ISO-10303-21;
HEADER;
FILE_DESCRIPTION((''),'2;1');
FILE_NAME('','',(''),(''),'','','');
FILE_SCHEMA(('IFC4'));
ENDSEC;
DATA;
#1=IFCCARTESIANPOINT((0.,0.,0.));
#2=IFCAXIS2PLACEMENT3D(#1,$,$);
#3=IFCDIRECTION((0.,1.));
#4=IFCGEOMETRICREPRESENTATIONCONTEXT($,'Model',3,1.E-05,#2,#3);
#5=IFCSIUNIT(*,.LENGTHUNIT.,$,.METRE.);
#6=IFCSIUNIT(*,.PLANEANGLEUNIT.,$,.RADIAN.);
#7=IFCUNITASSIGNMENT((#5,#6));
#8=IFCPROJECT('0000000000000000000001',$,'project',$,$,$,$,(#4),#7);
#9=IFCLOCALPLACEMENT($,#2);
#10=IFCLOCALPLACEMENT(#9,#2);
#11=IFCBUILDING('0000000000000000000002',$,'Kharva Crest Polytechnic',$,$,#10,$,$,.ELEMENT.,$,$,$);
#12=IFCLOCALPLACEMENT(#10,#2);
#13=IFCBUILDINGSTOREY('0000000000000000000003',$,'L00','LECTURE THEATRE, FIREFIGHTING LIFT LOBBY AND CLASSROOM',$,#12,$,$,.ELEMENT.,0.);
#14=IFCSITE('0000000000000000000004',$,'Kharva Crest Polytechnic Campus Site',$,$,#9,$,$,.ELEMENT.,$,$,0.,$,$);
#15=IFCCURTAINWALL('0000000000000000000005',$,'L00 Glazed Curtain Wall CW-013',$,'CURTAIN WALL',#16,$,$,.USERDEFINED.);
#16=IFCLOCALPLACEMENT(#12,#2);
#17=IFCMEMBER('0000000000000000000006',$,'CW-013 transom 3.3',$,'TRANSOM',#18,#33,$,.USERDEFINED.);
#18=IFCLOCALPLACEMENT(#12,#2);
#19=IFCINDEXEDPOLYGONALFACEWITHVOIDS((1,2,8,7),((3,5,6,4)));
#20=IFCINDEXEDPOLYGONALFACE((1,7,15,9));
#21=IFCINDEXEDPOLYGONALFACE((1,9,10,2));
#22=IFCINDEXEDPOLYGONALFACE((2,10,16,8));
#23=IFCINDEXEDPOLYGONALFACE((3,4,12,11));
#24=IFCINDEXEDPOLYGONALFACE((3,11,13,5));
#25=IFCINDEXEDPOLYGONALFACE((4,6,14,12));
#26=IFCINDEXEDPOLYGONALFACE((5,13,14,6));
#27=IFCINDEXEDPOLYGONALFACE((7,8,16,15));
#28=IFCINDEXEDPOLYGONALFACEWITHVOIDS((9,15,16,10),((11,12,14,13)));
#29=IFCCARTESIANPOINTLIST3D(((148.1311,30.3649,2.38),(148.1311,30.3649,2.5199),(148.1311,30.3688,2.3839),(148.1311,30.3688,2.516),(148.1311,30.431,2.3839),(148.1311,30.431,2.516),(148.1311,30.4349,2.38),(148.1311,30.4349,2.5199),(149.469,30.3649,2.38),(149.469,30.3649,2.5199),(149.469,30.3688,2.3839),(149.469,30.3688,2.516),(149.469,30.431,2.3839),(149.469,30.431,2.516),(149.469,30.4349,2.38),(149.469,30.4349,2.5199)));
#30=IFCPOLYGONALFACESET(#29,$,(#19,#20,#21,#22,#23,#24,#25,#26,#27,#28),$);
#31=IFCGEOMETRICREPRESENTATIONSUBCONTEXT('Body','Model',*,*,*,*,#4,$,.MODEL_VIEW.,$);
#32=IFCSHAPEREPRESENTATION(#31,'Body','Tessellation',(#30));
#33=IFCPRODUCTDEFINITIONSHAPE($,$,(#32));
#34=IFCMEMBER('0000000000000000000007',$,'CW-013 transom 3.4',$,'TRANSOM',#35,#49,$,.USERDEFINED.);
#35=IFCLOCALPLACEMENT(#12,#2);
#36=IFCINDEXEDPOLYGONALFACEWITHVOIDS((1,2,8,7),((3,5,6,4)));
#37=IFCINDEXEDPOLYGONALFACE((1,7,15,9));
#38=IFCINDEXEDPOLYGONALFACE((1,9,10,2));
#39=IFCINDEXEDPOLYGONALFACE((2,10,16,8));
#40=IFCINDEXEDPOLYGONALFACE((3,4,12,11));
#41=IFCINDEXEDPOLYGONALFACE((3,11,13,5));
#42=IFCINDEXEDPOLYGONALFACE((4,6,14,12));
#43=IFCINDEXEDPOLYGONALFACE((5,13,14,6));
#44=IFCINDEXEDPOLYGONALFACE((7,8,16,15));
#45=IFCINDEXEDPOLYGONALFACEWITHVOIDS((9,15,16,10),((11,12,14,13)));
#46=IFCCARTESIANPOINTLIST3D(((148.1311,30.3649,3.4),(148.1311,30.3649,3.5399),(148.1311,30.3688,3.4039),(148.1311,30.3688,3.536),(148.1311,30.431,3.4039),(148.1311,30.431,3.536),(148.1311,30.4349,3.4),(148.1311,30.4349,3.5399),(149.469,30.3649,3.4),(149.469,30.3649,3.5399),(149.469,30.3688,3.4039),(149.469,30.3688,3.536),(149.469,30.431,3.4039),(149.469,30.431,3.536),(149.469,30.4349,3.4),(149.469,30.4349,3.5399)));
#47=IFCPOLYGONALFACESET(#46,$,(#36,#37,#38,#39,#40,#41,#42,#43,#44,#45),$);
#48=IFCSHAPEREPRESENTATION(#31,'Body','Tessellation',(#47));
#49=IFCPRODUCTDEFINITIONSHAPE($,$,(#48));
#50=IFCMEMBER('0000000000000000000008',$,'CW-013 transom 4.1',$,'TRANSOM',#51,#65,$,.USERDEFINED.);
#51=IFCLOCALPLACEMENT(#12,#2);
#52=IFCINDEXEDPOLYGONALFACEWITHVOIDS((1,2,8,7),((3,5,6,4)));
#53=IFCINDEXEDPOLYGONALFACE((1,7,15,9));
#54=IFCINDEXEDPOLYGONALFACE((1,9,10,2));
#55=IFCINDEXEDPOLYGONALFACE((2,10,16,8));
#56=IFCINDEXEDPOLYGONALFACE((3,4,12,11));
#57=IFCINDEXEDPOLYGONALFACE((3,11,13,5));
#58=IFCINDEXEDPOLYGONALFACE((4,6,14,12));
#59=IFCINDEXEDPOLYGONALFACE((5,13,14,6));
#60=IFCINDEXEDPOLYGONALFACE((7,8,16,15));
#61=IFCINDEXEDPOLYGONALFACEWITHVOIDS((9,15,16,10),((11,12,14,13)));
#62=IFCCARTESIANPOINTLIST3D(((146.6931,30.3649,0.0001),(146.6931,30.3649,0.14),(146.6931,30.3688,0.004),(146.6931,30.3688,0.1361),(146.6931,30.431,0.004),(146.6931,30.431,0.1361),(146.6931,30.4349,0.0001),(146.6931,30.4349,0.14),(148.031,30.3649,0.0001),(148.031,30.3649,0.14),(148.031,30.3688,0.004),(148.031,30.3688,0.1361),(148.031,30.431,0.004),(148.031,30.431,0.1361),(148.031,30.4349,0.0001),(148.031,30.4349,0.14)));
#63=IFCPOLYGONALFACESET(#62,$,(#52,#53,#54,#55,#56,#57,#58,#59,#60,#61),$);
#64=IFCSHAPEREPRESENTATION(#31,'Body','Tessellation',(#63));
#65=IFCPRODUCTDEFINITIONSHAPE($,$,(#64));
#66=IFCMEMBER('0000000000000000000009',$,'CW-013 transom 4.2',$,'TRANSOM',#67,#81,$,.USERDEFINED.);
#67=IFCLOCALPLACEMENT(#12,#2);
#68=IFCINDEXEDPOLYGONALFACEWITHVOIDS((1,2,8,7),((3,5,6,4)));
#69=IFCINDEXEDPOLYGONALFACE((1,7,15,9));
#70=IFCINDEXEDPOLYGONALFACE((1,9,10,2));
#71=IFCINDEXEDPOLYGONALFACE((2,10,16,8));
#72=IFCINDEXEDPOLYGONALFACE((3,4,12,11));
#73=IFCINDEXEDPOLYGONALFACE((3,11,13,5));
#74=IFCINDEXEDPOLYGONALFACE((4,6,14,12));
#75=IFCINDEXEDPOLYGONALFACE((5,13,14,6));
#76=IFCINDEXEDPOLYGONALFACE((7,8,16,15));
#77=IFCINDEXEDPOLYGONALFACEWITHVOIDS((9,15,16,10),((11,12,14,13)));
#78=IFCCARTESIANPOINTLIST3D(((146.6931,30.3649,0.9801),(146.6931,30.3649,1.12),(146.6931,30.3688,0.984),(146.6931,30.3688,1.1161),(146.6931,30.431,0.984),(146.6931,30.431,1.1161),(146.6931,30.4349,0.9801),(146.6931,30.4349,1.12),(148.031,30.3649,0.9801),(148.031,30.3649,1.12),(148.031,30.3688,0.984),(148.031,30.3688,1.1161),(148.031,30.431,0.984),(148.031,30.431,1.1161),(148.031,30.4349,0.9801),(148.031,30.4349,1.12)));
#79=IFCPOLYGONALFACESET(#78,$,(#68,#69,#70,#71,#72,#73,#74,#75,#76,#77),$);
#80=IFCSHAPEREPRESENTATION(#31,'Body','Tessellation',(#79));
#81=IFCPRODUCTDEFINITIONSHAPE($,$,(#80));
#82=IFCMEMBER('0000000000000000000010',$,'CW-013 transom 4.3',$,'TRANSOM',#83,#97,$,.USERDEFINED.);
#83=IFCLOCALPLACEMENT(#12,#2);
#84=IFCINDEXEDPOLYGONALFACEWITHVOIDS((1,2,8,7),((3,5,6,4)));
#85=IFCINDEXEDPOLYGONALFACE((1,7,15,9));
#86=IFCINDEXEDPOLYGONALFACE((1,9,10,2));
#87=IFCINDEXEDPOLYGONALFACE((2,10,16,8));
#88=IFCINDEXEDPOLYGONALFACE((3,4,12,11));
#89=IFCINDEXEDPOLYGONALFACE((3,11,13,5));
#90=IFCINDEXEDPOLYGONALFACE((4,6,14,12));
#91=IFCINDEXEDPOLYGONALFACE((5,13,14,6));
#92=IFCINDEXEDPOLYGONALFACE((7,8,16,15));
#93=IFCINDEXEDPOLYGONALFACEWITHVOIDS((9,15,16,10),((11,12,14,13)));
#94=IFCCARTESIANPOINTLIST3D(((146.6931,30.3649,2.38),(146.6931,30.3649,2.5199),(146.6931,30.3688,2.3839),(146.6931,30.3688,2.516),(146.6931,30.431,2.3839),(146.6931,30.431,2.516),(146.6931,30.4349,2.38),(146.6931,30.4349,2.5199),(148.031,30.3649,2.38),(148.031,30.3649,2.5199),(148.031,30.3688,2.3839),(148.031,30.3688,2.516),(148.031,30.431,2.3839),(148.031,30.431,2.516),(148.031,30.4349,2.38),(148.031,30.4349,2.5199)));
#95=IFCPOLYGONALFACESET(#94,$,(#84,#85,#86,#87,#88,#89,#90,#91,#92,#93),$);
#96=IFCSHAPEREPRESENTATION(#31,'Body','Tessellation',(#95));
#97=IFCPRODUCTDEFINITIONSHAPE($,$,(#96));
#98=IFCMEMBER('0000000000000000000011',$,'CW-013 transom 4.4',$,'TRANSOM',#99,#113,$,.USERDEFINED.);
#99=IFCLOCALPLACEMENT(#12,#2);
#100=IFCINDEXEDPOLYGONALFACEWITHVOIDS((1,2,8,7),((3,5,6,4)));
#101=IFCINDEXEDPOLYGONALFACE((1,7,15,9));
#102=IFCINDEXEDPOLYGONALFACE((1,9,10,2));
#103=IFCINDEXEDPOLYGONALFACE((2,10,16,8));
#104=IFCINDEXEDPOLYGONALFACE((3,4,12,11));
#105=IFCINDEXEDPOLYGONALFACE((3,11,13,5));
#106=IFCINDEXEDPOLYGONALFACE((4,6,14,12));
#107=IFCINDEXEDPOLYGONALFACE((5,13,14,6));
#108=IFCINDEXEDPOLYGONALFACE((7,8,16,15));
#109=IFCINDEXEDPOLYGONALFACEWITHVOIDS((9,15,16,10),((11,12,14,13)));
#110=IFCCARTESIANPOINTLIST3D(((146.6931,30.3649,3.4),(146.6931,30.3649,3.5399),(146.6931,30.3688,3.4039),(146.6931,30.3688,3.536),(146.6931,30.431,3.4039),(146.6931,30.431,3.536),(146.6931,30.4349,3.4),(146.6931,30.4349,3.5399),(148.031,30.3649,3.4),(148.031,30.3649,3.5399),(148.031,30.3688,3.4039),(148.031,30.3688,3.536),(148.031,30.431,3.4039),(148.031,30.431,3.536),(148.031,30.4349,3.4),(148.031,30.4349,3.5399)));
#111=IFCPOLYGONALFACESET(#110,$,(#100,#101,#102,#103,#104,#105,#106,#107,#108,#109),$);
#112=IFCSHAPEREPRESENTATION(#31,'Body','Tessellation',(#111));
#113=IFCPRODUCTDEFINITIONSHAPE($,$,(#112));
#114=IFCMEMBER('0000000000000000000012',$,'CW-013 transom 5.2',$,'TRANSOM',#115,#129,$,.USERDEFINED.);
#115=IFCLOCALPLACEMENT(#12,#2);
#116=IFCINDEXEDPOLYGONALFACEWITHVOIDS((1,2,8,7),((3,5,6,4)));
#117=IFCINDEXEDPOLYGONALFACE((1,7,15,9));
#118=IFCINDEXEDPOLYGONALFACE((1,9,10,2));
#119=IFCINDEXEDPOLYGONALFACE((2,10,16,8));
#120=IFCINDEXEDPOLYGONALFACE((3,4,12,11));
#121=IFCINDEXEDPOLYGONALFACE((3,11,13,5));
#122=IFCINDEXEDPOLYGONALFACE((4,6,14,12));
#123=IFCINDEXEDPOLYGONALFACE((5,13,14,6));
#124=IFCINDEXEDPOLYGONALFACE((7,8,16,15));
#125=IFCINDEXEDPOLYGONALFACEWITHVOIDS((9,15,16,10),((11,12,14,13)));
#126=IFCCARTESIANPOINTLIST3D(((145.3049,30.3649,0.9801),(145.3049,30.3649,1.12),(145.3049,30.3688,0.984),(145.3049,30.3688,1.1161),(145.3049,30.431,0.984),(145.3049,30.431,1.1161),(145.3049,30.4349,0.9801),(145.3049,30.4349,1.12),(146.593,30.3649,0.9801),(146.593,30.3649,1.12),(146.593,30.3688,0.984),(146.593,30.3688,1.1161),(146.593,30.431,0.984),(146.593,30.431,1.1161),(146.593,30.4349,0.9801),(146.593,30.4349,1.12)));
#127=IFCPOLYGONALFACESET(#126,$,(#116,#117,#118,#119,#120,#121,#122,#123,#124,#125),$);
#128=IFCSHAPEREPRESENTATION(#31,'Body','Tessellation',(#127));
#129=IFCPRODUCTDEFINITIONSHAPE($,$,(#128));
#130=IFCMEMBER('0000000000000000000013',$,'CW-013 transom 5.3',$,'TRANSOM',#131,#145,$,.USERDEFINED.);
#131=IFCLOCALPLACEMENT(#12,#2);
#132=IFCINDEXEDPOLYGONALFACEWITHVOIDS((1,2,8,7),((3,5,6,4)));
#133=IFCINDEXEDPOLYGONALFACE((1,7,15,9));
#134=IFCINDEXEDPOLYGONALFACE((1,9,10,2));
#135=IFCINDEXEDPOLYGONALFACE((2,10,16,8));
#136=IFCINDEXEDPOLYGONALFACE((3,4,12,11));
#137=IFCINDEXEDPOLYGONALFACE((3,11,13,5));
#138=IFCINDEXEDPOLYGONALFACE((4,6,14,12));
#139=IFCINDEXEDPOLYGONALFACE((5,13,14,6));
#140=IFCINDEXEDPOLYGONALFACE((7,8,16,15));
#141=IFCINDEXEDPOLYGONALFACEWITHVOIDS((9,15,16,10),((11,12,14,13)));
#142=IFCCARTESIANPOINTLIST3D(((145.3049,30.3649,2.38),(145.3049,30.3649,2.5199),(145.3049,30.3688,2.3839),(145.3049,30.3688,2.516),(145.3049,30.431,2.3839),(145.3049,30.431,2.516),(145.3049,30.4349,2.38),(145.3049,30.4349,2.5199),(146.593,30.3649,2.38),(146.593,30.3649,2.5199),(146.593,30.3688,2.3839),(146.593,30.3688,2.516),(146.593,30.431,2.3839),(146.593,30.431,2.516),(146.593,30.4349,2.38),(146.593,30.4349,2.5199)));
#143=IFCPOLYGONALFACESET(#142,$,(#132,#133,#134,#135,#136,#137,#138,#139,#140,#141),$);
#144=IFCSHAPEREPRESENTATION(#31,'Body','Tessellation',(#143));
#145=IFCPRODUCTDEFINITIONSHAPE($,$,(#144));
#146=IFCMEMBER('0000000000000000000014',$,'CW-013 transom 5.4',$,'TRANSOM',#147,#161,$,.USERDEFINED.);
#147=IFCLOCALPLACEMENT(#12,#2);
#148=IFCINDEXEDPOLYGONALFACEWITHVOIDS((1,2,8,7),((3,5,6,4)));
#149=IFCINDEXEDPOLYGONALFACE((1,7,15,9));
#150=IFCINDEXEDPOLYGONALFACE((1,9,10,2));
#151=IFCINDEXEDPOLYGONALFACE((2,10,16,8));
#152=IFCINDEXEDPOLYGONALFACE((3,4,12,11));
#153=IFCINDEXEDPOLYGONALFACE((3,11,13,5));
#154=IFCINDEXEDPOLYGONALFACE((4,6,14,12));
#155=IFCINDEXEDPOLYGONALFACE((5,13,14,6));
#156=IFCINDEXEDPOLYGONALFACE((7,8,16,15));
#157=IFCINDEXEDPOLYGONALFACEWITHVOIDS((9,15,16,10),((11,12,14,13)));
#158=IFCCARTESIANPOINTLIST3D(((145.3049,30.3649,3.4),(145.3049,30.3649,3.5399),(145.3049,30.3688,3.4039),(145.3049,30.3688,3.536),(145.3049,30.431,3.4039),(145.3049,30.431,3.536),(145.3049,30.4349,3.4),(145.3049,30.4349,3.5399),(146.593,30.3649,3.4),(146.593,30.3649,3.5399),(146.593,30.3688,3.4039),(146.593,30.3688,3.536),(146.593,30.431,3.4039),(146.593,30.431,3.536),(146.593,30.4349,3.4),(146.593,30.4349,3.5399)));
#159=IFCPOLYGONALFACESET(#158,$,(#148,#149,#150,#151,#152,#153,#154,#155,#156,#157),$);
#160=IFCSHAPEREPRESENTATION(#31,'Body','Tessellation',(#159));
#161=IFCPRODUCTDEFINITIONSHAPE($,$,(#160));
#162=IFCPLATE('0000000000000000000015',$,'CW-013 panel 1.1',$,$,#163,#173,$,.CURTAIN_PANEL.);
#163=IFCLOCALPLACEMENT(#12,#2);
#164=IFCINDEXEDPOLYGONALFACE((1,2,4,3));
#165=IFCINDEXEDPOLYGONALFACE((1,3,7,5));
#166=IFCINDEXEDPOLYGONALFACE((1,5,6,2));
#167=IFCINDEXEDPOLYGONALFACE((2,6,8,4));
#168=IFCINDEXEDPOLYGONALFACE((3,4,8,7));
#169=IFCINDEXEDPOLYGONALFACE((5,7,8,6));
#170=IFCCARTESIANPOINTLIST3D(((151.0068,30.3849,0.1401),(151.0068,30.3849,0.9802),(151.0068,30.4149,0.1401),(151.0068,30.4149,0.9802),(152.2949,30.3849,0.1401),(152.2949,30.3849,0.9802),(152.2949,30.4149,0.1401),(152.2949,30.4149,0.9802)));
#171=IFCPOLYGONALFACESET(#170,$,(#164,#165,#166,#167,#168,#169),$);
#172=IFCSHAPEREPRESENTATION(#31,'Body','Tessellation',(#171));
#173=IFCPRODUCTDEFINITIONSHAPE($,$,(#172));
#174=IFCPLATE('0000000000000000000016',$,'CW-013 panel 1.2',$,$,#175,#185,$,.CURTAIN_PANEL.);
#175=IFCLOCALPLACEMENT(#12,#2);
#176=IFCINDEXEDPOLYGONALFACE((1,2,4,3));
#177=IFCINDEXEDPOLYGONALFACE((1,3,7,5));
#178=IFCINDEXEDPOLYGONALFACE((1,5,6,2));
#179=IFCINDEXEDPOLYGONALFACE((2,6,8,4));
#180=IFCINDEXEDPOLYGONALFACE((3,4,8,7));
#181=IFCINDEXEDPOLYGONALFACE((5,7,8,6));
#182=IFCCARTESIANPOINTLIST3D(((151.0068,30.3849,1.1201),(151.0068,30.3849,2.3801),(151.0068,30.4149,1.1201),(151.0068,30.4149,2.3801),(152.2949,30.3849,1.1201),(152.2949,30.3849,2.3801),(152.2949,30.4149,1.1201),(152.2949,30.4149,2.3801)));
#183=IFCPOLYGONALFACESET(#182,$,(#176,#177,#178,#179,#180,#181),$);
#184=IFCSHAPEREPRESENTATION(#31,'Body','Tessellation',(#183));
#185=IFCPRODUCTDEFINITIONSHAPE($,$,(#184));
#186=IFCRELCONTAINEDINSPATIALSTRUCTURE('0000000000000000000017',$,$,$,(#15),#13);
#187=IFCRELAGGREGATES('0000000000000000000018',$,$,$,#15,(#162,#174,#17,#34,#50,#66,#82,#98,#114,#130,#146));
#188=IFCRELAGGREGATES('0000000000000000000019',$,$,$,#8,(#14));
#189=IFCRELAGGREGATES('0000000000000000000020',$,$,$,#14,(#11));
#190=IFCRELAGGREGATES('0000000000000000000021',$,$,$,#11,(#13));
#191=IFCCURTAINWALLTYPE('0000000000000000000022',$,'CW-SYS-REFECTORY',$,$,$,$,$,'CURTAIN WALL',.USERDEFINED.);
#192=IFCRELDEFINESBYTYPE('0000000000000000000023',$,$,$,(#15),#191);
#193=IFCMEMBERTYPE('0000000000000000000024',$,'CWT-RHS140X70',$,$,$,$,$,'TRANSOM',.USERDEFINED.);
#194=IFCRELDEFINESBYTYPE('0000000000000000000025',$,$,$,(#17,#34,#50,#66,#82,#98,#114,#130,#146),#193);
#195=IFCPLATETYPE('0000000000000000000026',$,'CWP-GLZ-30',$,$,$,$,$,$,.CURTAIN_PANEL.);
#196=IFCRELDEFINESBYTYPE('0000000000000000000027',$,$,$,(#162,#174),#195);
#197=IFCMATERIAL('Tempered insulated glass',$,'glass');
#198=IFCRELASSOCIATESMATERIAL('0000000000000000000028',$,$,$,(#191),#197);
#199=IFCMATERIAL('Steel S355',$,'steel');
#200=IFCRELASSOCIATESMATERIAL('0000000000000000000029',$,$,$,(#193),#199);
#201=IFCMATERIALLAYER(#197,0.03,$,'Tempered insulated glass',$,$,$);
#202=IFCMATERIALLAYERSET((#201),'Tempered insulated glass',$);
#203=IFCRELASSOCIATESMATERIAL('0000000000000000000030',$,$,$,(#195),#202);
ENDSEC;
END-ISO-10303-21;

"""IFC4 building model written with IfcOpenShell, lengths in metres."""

from ifc_helpers import new_model, si_unit, direction, frame, origin, origin_2d, place, context, subcontext, project, spatial, rectangle, hollow_rectangle, extrude, material, layer, layer_set, material_profile, profile_set, type_object, element, aggregate, save


model = new_model("IFC4")

# Units and contexts
model_context = context("Model", 3, precision=1e-05, world=origin(), true_north=direction((0.0, 1.0)))
body_context = subcontext(model_context, "Body", "Model", "MODEL_VIEW")
ifc_project = project(units=[si_unit("LENGTHUNIT", "METRE"), si_unit("PLANEANGLEUNIT", "RADIAN")], contexts=[model_context])

# Site, building, storey
site_placement = place(None, origin())
site = spatial("IfcSite", under=ifc_project, at=site_placement, Name="Kharva Crest Polytechnic Campus Site", CompositionType="ELEMENT", RefElevation=0.0)
building_placement = place(site_placement, origin())
building = spatial("IfcBuilding", under=site, at=building_placement, Name="Kharva Crest Polytechnic", CompositionType="ELEMENT")
storey_placement = place(building_placement, origin())
storey = spatial("IfcBuildingStorey", under=building, at=storey_placement, Name="L00", Description="LECTURE THEATRE, FIREFIGHTING LIFT LOBBY AND CLASSROOM", CompositionType="ELEMENT", Elevation=0.0)

# Curtain wall, members, plates
ifc_material_1 = material(Name="Tempered insulated glass", Category="glass")
curtain_wall_type = type_object("IfcCurtainWallType", Name="CW-SYS-REFECTORY", ElementType="CURTAIN WALL", PredefinedType="USERDEFINED", material=ifc_material_1)
curtain_wall_placement = place(storey_placement, origin())
curtain_wall = element("IfcCurtainWall", 1, at=curtain_wall_placement, inside=storey, type_object=curtain_wall_type, Name="L00 Glazed Curtain Wall CW-013", ObjectType="CURTAIN WALL", PredefinedType="USERDEFINED")
ifc_material_2 = material(Name="Steel S355", Category="steel")
ifc_material_profile_1 = material_profile(ifc_material_2, hollow_rectangle(XDim=0.0701, YDim=0.1399, WallThickness=0.0039, at=origin_2d()), Name="RHS 140X70X4.0")
ifc_profile_set_1 = profile_set([ifc_material_profile_1], Name="Steel S355")
member_type_1 = type_object("IfcMemberType", Name="CWT-RHS140X70", ElementType="TRANSOM", PredefinedType="USERDEFINED", material=ifc_profile_set_1)
member_1_placement = place(storey_placement, frame((149.469, 30.3999, 2.45), z_axis=(-1.0, 0.0, 0.0), x_axis=(0.0, -1.0, 0.0)))
member_1 = element("IfcMember", 2, at=member_1_placement, type_object=member_type_1, Name="CW-013 transom 3.3", ObjectType="TRANSOM", PredefinedType="USERDEFINED", context=body_context, shape_type="SweptSolid", body=[
    extrude(hollow_rectangle(XDim=0.0701, YDim=0.1399, WallThickness=0.0039, at=origin_2d()), origin(), (0.0, 0.0, 1.0), 1.3379),
])
member_2_placement = place(storey_placement, frame((149.469, 30.3999, 3.47), z_axis=(-1.0, 0.0, 0.0), x_axis=(0.0, -1.0, 0.0)))
member_2 = element("IfcMember", 3, at=member_2_placement, type_object=member_type_1, Name="CW-013 transom 3.4", ObjectType="TRANSOM", PredefinedType="USERDEFINED", context=body_context, shape_type="SweptSolid", body=[
    extrude(hollow_rectangle(XDim=0.0701, YDim=0.1399, WallThickness=0.0039, at=origin_2d()), origin(), (0.0, 0.0, 1.0), 1.3379),
])
member_3_placement = place(storey_placement, frame((148.031, 30.3999, 0.0701), z_axis=(-1.0, 0.0, 0.0), x_axis=(0.0, -1.0, 0.0)))
member_3 = element("IfcMember", 4, at=member_3_placement, type_object=member_type_1, Name="CW-013 transom 4.1", ObjectType="TRANSOM", PredefinedType="USERDEFINED", context=body_context, shape_type="SweptSolid", body=[
    extrude(hollow_rectangle(XDim=0.0701, YDim=0.1399, WallThickness=0.0039, at=origin_2d()), origin(), (0.0, 0.0, 1.0), 1.3379),
])
member_4_placement = place(storey_placement, frame((148.031, 30.3999, 1.05), z_axis=(-1.0, 0.0, 0.0), x_axis=(0.0, -1.0, 0.0)))
member_4 = element("IfcMember", 5, at=member_4_placement, type_object=member_type_1, Name="CW-013 transom 4.2", ObjectType="TRANSOM", PredefinedType="USERDEFINED", context=body_context, shape_type="SweptSolid", body=[
    extrude(hollow_rectangle(XDim=0.0701, YDim=0.1399, WallThickness=0.0039, at=origin_2d()), origin(), (0.0, 0.0, 1.0), 1.3379),
])
member_5_placement = place(storey_placement, frame((148.031, 30.3999, 2.45), z_axis=(-1.0, 0.0, 0.0), x_axis=(0.0, -1.0, 0.0)))
member_5 = element("IfcMember", 6, at=member_5_placement, type_object=member_type_1, Name="CW-013 transom 4.3", ObjectType="TRANSOM", PredefinedType="USERDEFINED", context=body_context, shape_type="SweptSolid", body=[
    extrude(hollow_rectangle(XDim=0.0701, YDim=0.1399, WallThickness=0.0039, at=origin_2d()), origin(), (0.0, 0.0, 1.0), 1.3379),
])
member_6_placement = place(storey_placement, frame((148.031, 30.3999, 3.47), z_axis=(-1.0, 0.0, 0.0), x_axis=(0.0, -1.0, 0.0)))
member_6 = element("IfcMember", 7, at=member_6_placement, type_object=member_type_1, Name="CW-013 transom 4.4", ObjectType="TRANSOM", PredefinedType="USERDEFINED", context=body_context, shape_type="SweptSolid", body=[
    extrude(hollow_rectangle(XDim=0.0701, YDim=0.1399, WallThickness=0.0039, at=origin_2d()), origin(), (0.0, 0.0, 1.0), 1.3379),
])
member_7_placement = place(storey_placement, frame((146.593, 30.3999, 1.05), z_axis=(-1.0, 0.0, 0.0), x_axis=(0.0, -1.0, 0.0)))
member_7 = element("IfcMember", 8, at=member_7_placement, type_object=member_type_1, Name="CW-013 transom 5.2", ObjectType="TRANSOM", PredefinedType="USERDEFINED", context=body_context, shape_type="SweptSolid", body=[
    extrude(hollow_rectangle(XDim=0.0701, YDim=0.1399, WallThickness=0.0039, at=origin_2d()), origin(), (0.0, 0.0, 1.0), 1.2881),
])
member_8_placement = place(storey_placement, frame((146.593, 30.3999, 2.45), z_axis=(-1.0, 0.0, 0.0), x_axis=(0.0, -1.0, 0.0)))
member_8 = element("IfcMember", 9, at=member_8_placement, type_object=member_type_1, Name="CW-013 transom 5.3", ObjectType="TRANSOM", PredefinedType="USERDEFINED", context=body_context, shape_type="SweptSolid", body=[
    extrude(hollow_rectangle(XDim=0.0701, YDim=0.1399, WallThickness=0.0039, at=origin_2d()), origin(), (0.0, 0.0, 1.0), 1.2881),
])
member_9_placement = place(storey_placement, frame((146.593, 30.3999, 3.47), z_axis=(-1.0, 0.0, 0.0), x_axis=(0.0, -1.0, 0.0)))
member_9 = element("IfcMember", 10, at=member_9_placement, type_object=member_type_1, Name="CW-013 transom 5.4", ObjectType="TRANSOM", PredefinedType="USERDEFINED", context=body_context, shape_type="SweptSolid", body=[
    extrude(hollow_rectangle(XDim=0.0701, YDim=0.1399, WallThickness=0.0039, at=origin_2d()), origin(), (0.0, 0.0, 1.0), 1.2881),
])
ifc_layer = layer(ifc_material_1, 0.03, Name="Tempered insulated glass")
ifc_layer_set = layer_set([ifc_layer], Name="Tempered insulated glass")
plate_type = type_object("IfcPlateType", Name="CWP-GLZ-30", PredefinedType="CURTAIN_PANEL", material=ifc_layer_set)
plate_1_placement = place(storey_placement, frame((151.6509, 30.3999, 0.1401), z_axis=(0.0, 0.0, 1.0), x_axis=(-1.0, 0.0, 0.0)))
plate_1 = element("IfcPlate", 11, at=plate_1_placement, type_object=plate_type, Name="CW-013 panel 1.1", PredefinedType="CURTAIN_PANEL", context=body_context, shape_type="SweptSolid", body=[
    extrude(rectangle(XDim=1.2881, YDim=0.03, at=origin_2d()), origin(), (0.0, 0.0, 1.0), 0.8401),
])
plate_2_placement = place(storey_placement, frame((151.6509, 30.3999, 1.1201), z_axis=(0.0, 0.0, 1.0), x_axis=(-1.0, 0.0, 0.0)))
plate_2 = element("IfcPlate", 12, at=plate_2_placement, type_object=plate_type, Name="CW-013 panel 1.2", PredefinedType="CURTAIN_PANEL", context=body_context, shape_type="SweptSolid", body=[
    extrude(rectangle(XDim=1.2881, YDim=0.03, at=origin_2d()), origin(), (0.0, 0.0, 1.0), 1.26),
])
aggregate(curtain_wall, [plate_1, plate_2, member_1, member_2, member_3, member_4, member_5, member_6, member_7, member_8, member_9])

save(model, "model.ifc")
